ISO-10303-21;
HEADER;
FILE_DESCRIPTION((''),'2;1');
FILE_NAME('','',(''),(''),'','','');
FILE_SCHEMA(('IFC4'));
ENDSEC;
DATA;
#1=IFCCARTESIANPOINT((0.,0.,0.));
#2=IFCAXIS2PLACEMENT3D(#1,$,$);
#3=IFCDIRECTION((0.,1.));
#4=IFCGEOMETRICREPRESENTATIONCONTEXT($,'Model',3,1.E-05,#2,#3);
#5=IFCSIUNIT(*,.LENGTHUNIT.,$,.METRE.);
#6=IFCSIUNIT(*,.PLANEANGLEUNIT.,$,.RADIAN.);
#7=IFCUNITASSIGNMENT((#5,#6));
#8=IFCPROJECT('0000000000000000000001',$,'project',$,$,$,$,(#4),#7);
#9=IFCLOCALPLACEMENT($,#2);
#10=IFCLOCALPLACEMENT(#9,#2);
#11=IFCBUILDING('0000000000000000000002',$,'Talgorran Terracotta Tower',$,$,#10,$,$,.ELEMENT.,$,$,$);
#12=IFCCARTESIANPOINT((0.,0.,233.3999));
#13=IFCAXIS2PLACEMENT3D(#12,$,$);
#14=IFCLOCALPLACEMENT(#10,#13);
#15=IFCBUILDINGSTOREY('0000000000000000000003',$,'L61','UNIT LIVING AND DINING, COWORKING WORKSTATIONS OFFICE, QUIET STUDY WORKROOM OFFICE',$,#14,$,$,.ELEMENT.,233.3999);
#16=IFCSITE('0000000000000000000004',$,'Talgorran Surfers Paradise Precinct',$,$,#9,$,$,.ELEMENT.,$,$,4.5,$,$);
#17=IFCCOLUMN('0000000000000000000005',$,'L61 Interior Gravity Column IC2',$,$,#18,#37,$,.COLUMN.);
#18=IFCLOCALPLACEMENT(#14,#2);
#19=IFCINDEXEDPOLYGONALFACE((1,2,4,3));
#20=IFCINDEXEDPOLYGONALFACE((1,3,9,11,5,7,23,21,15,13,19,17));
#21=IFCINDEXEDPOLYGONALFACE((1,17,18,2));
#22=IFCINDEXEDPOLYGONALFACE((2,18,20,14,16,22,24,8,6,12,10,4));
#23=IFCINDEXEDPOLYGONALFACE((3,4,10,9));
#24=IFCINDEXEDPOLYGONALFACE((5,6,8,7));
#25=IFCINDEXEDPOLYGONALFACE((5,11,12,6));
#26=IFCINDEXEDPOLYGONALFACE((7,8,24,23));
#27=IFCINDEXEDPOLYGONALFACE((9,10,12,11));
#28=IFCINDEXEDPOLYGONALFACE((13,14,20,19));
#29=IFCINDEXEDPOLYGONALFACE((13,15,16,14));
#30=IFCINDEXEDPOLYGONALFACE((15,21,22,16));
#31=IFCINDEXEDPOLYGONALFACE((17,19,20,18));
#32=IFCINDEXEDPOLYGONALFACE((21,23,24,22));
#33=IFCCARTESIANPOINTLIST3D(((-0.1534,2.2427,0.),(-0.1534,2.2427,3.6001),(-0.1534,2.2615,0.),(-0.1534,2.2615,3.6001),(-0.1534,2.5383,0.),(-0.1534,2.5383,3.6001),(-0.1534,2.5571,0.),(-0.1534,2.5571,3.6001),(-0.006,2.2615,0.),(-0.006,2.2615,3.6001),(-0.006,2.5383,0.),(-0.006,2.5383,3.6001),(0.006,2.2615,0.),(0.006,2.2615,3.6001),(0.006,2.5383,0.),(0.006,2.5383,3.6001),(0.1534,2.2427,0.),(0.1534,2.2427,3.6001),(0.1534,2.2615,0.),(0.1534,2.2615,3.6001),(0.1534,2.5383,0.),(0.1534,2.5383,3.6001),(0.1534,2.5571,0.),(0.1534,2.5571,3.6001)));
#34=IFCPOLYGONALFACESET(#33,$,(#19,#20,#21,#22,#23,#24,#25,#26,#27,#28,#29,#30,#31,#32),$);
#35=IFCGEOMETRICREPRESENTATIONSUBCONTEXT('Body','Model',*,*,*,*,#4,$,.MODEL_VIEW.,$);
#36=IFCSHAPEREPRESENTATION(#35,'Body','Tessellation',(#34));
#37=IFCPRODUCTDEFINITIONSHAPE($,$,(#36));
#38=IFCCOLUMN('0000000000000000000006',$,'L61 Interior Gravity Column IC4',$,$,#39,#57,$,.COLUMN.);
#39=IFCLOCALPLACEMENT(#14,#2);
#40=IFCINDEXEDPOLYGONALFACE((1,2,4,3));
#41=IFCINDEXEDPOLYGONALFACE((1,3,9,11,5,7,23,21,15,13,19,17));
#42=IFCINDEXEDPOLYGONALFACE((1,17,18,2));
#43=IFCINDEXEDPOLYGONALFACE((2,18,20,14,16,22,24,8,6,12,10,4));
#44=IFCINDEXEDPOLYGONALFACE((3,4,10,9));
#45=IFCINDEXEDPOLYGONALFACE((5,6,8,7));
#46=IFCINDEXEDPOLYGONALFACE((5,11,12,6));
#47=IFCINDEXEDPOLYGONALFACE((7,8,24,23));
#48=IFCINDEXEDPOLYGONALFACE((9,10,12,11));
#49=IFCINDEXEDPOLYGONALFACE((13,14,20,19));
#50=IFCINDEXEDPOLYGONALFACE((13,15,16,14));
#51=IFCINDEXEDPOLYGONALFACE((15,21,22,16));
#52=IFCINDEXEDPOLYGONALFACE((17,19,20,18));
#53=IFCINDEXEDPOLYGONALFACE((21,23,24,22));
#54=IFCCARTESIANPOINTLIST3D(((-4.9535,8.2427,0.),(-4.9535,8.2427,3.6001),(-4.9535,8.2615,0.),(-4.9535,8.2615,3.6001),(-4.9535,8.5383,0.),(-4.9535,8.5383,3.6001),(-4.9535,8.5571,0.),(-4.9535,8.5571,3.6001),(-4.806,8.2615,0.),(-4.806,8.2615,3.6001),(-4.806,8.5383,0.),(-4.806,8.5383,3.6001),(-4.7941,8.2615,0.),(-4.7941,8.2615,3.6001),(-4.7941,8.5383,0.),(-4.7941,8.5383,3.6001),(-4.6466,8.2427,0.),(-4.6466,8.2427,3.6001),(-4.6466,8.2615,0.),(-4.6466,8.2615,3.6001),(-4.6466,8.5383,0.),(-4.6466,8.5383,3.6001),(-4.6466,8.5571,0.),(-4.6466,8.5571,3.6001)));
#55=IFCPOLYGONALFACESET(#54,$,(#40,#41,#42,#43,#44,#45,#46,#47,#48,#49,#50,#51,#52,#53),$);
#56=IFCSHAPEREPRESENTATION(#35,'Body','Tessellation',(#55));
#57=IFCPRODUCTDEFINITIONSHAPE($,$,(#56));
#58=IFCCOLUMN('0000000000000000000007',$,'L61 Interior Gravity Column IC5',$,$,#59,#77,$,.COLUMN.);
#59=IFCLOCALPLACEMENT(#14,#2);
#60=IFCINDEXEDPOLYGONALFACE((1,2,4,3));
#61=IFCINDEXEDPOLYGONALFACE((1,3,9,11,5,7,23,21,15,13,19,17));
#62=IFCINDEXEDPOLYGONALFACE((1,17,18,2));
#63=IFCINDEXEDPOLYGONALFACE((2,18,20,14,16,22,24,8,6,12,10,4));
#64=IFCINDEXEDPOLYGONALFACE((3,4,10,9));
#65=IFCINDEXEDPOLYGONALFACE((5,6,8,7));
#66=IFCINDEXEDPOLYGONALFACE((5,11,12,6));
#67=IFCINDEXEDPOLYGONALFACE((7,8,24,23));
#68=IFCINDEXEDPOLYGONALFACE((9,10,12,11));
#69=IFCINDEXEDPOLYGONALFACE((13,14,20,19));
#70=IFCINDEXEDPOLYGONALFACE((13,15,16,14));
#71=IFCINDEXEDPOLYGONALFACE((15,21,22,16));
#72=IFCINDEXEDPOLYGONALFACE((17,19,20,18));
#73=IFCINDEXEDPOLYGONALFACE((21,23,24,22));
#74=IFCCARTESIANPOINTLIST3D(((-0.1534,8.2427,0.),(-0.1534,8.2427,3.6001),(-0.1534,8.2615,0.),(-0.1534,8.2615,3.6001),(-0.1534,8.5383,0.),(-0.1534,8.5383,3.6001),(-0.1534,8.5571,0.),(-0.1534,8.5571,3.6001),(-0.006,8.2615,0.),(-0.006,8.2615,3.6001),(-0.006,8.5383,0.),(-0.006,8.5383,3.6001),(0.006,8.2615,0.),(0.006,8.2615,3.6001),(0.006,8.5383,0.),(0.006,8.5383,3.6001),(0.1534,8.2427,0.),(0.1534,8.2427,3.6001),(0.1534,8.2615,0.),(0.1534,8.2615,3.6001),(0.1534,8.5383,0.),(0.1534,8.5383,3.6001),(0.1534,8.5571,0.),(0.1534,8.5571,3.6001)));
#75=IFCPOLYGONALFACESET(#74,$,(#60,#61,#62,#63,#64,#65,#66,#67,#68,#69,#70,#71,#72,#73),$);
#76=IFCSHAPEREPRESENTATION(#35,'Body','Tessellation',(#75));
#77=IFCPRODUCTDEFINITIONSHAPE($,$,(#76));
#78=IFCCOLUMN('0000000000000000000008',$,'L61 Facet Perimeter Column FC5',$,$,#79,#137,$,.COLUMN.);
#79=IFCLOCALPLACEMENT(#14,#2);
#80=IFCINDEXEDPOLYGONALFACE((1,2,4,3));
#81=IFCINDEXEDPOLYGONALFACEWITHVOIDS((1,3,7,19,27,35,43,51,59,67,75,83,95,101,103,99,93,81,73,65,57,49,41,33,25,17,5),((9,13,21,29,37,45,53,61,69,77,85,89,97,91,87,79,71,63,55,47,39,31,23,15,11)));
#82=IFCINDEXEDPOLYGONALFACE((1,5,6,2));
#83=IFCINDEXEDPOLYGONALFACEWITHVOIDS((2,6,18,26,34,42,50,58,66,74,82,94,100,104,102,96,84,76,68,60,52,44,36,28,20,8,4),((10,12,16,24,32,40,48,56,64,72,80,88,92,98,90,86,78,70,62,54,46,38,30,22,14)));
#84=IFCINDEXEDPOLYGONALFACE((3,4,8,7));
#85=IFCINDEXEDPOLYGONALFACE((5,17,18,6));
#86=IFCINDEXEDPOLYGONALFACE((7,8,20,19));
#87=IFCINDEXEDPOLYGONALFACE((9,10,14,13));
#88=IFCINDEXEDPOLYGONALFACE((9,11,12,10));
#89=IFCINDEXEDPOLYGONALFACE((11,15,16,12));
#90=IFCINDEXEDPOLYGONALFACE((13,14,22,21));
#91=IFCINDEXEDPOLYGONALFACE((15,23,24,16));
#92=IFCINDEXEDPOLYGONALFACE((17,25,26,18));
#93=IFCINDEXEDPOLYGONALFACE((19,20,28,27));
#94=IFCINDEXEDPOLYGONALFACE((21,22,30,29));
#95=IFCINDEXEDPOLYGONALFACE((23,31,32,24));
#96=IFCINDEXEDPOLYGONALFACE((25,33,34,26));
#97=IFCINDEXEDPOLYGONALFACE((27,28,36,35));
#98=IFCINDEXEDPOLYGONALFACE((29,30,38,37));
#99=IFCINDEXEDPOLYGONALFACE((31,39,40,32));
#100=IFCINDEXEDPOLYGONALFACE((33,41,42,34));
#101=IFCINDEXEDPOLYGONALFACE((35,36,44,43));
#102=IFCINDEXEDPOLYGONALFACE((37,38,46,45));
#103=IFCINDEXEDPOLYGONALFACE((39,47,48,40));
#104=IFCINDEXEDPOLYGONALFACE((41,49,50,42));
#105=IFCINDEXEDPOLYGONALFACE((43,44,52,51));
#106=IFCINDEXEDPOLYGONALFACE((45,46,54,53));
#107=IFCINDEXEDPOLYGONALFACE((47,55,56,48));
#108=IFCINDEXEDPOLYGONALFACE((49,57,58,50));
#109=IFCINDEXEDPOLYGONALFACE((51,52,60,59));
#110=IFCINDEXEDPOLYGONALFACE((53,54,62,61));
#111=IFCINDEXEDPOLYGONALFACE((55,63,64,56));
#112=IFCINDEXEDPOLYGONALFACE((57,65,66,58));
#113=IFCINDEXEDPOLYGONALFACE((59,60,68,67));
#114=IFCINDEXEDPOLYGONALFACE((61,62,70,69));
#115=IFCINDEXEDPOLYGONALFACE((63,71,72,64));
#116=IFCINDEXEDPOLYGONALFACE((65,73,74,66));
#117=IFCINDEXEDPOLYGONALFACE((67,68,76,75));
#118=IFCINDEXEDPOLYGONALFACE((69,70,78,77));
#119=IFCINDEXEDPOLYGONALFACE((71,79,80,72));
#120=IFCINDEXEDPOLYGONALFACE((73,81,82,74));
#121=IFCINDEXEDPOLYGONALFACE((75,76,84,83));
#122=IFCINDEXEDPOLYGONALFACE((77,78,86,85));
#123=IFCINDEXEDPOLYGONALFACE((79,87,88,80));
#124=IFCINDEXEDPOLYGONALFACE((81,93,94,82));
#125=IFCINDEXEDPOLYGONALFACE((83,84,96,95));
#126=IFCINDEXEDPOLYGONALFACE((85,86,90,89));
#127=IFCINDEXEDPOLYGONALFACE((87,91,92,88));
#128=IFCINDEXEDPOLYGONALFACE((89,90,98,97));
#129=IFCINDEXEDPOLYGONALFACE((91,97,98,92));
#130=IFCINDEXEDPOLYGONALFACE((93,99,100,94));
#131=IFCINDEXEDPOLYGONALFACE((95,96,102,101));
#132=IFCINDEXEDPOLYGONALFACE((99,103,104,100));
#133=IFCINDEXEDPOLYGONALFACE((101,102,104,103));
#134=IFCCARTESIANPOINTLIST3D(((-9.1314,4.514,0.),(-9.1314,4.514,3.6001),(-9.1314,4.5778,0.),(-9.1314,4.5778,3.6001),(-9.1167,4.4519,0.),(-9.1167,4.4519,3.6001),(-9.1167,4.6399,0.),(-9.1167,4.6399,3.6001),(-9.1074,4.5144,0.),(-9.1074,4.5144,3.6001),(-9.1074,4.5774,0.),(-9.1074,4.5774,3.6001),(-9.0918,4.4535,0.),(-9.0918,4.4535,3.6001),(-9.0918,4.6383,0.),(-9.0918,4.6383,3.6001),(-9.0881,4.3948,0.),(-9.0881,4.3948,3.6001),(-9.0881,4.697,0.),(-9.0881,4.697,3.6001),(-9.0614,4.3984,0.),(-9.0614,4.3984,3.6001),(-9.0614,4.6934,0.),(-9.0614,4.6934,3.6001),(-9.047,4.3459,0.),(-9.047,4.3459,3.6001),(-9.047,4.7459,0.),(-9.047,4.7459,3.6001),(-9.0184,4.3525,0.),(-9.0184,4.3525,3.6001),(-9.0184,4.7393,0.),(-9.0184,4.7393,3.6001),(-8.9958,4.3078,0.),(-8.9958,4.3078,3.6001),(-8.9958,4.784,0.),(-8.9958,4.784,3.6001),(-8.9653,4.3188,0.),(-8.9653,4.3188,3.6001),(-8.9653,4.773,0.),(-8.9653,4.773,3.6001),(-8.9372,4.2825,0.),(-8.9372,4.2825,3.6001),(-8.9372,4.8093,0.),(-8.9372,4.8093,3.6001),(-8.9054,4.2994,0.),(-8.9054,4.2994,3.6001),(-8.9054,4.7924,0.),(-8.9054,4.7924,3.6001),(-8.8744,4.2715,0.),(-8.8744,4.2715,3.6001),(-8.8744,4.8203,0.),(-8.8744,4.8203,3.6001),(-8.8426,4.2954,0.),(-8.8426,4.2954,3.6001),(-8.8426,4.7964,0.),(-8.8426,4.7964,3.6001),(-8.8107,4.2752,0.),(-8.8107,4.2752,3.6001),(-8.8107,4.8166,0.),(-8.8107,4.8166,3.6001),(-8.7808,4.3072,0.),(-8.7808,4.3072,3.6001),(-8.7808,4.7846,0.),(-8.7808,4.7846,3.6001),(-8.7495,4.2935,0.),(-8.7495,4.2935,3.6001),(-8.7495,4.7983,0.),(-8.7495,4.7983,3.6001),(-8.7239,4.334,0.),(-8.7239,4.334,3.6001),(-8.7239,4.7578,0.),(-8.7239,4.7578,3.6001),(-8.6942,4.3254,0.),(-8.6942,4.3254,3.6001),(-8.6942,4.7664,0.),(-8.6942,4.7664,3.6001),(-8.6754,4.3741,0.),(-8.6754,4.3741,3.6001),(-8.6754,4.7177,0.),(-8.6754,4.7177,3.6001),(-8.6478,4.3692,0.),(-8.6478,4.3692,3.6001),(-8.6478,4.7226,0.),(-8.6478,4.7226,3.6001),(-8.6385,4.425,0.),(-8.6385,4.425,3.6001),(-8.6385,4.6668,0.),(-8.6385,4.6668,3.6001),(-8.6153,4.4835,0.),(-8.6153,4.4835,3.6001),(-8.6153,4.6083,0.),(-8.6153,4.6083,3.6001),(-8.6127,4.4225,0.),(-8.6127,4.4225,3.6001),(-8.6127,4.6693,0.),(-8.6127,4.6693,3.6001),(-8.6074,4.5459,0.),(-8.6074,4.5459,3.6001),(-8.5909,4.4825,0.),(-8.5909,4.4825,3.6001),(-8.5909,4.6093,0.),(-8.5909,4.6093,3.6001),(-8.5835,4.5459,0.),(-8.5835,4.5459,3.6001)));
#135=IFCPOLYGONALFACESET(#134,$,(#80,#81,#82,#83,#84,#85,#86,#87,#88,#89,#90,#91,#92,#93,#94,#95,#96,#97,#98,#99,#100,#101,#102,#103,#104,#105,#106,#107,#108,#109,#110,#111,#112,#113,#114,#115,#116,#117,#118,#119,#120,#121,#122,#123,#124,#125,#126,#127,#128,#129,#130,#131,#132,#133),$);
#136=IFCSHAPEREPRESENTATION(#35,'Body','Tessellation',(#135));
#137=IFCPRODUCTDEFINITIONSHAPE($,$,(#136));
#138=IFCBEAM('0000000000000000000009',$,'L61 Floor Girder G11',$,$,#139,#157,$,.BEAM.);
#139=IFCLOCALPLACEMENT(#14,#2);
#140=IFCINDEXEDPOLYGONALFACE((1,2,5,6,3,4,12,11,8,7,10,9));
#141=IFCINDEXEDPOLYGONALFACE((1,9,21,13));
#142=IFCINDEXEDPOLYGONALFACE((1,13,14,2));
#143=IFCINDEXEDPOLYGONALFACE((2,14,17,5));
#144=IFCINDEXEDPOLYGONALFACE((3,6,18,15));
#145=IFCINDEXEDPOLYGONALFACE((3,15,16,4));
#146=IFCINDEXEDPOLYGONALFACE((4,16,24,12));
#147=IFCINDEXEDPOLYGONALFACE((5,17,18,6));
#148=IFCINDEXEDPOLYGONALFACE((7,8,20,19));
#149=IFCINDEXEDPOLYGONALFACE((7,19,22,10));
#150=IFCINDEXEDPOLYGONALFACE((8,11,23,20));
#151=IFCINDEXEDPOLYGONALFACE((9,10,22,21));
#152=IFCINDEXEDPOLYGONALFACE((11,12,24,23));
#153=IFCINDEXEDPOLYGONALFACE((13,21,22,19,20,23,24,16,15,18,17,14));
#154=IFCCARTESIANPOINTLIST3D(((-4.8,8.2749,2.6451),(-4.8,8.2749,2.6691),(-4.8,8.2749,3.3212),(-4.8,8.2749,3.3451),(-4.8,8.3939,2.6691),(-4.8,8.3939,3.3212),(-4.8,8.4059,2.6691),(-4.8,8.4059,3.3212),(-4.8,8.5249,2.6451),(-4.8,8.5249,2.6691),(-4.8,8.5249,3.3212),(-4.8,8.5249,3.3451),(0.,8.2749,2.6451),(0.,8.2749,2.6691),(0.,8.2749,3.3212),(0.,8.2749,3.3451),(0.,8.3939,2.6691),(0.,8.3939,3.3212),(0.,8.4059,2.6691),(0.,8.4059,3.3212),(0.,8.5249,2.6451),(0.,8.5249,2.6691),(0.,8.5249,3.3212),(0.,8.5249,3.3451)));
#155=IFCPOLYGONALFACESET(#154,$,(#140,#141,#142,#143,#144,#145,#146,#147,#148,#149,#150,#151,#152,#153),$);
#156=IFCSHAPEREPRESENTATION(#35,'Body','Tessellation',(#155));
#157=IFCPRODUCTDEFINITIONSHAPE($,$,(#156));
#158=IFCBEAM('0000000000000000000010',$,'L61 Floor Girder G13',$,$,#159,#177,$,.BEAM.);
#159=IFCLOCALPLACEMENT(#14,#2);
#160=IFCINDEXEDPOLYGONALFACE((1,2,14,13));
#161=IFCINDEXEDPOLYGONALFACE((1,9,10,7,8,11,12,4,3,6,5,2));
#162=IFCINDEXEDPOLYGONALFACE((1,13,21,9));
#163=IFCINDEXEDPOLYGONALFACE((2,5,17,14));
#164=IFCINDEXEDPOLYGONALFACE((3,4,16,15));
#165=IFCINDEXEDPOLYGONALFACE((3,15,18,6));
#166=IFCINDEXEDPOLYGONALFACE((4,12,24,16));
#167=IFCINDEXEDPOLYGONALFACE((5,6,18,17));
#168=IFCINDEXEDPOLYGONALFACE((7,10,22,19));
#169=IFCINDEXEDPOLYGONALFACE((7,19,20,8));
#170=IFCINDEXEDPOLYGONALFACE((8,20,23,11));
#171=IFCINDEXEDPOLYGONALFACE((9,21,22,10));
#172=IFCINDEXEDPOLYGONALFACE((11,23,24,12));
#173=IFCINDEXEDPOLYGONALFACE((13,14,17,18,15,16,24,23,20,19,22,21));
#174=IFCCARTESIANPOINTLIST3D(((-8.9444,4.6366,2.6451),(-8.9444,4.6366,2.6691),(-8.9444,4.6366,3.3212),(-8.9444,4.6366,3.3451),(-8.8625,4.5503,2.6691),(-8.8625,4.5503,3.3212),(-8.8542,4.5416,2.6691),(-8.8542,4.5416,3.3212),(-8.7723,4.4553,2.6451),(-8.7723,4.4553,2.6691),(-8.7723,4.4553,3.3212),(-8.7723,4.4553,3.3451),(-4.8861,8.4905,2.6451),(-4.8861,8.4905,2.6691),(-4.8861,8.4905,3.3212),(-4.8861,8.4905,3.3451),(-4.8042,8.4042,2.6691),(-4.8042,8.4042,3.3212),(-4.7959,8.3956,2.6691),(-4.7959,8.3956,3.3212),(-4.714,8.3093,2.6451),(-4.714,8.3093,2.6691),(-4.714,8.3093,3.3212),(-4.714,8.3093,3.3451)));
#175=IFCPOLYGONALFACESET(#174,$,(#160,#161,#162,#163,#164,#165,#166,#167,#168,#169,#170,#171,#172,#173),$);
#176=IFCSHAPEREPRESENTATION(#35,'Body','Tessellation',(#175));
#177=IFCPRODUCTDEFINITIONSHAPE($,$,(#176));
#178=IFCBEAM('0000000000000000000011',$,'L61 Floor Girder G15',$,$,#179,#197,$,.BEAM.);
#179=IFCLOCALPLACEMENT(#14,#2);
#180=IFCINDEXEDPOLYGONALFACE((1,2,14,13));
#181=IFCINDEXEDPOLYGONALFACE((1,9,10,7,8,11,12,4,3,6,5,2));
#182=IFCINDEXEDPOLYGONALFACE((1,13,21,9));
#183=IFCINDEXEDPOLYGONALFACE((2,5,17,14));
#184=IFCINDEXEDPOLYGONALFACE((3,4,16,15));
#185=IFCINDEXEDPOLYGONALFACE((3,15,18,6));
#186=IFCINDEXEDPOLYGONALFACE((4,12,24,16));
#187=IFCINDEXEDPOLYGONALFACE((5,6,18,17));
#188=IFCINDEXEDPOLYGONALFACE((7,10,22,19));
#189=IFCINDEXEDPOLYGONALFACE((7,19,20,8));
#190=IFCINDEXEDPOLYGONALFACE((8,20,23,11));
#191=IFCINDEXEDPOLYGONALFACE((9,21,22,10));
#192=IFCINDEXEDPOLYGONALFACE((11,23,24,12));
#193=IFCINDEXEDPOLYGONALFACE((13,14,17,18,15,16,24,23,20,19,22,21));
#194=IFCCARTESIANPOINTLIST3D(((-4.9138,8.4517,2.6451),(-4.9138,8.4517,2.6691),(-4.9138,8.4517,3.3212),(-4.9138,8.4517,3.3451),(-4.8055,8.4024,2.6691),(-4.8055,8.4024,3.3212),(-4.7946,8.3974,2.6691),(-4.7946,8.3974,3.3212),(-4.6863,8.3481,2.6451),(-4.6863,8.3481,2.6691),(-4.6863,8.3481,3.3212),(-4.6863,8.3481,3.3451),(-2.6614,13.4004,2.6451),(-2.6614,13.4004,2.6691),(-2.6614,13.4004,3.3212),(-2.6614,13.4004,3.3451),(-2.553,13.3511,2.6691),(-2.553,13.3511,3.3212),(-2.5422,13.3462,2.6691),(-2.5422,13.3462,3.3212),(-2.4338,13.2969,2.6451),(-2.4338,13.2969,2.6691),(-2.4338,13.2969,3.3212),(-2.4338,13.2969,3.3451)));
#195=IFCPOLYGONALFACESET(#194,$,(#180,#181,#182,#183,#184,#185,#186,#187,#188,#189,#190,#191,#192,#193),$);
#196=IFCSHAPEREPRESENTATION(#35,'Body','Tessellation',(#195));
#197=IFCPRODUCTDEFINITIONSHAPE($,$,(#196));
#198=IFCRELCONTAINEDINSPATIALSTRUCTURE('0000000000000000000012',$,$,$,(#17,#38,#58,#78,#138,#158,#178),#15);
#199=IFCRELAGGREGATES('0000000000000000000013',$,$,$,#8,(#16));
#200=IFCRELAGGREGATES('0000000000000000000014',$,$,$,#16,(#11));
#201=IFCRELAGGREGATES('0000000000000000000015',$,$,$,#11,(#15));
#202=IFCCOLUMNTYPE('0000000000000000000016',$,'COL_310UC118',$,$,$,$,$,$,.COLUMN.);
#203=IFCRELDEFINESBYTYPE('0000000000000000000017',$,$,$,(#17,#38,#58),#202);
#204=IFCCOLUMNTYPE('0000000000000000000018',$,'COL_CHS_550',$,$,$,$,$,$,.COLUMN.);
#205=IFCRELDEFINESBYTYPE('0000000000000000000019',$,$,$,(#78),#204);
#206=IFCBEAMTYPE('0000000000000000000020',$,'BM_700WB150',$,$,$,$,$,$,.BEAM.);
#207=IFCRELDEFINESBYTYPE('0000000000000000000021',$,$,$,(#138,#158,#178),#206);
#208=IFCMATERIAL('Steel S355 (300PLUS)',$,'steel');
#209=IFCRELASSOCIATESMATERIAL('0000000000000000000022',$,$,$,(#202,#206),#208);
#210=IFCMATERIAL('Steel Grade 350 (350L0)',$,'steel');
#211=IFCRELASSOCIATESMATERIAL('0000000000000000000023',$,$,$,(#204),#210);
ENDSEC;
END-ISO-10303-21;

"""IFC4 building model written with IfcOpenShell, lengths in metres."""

from ifc_helpers import new_model, si_unit, direction, frame, origin, origin_2d, place, context, subcontext, project, spatial, hollow_circle, i_section, extrude, material, material_profile, profile_set, type_object, element, save


model = new_model("IFC4")

# Units and contexts
model_context = context("Model", 3, precision=1e-05, world=origin(), true_north=direction((0.0, 1.0)))
body_context = subcontext(model_context, "Body", "Model", "MODEL_VIEW")
ifc_project = project(units=[si_unit("LENGTHUNIT", "METRE"), si_unit("PLANEANGLEUNIT", "RADIAN")], contexts=[model_context])

# Site, building, storey
site_placement = place(None, origin())
site = spatial("IfcSite", under=ifc_project, at=site_placement, Name="Talgorran Surfers Paradise Precinct", CompositionType="ELEMENT", RefElevation=4.5)
building_placement = place(site_placement, origin())
building = spatial("IfcBuilding", under=site, at=building_placement, Name="Talgorran Terracotta Tower", CompositionType="ELEMENT")
storey_placement = place(building_placement, frame((0.0, 0.0, 233.3999)))
storey = spatial("IfcBuildingStorey", under=building, at=storey_placement, Name="L61", Description="UNIT LIVING AND DINING, COWORKING WORKSTATIONS OFFICE, QUIET STUDY WORKROOM OFFICE", CompositionType="ELEMENT", Elevation=233.3999)

# Columns
ifc_material_1 = material(Name="Steel S355 (300PLUS)", Category="steel")
ifc_material_profile_1 = material_profile(ifc_material_1, i_section(OverallWidth=0.3069, OverallDepth=0.3145, WebThickness=0.012, FlangeThickness=0.0188, at=origin_2d()), Name="310UC118")
ifc_profile_set_1 = profile_set([ifc_material_profile_1], Name="Steel S355 (300PLUS)")
column_type_1 = type_object("IfcColumnType", Name="COL_310UC118", PredefinedType="COLUMN", material=ifc_profile_set_1)
for number, where, z_axis, x_axis, name in (
    (1, (0.0, 2.3999, 0.0), (0.0, 0.0, 1.0), (1.0, 0.0, 0.0), "L61 Interior Gravity Column IC2"),
    (2, (-4.8, 8.3999, 0.0), (0.0, 0.0, 1.0), (1.0, 0.0, 0.0), "L61 Interior Gravity Column IC4"),
    (3, (0.0, 8.3999, 0.0), (0.0, 0.0, 1.0), (1.0, 0.0, 0.0), "L61 Interior Gravity Column IC5"),
):
    element("IfcColumn", number, at=place(storey_placement, frame(where, z_axis=z_axis, x_axis=x_axis)), inside=storey, type_object=column_type_1, Name=name, PredefinedType="COLUMN", context=body_context, shape_type="SweptSolid", body=[
        extrude(i_section(OverallWidth=0.3069, OverallDepth=0.3145, WebThickness=0.012, FlangeThickness=0.0188, at=origin_2d()), origin(), (0.0, 0.0, 1.0), 3.6001),
    ])
ifc_material_2 = material(Name="Steel Grade 350 (350L0)", Category="steel")
ifc_material_profile_2 = material_profile(ifc_material_2, hollow_circle(Radius=0.2749, WallThickness=0.0239, at=origin_2d()), Name="CHS550X24")
ifc_profile_set_2 = profile_set([ifc_material_profile_2], Name="Steel Grade 350 (350L0)")
column_type_2 = type_object("IfcColumnType", Name="COL_CHS_550", PredefinedType="COLUMN", material=ifc_profile_set_2)
column_placement = place(storey_placement, frame((-8.8584, 4.5459, 0.0), z_axis=(0.0, 0.0, 1.0), x_axis=(1.0, 0.0, 0.0)))
element("IfcColumn", 4, at=column_placement, inside=storey, type_object=column_type_2, Name="L61 Facet Perimeter Column FC5", PredefinedType="COLUMN", context=body_context, shape_type="SweptSolid", body=[
    extrude(hollow_circle(Radius=0.2749, WallThickness=0.0239, at=origin_2d()), origin(), (0.0, 0.0, 1.0), 3.6001),
])

# Beams
ifc_material_profile_3 = material_profile(ifc_material_1, i_section(OverallWidth=0.25, OverallDepth=0.7, WebThickness=0.012, FlangeThickness=0.0239, at=origin_2d()), Name="700WB150")
ifc_profile_set_3 = profile_set([ifc_material_profile_3], Name="Steel S355 (300PLUS)")
beam_type_1 = type_object("IfcBeamType", Name="BM_700WB150", PredefinedType="BEAM", material=ifc_profile_set_3)
beam_1_placement = place(storey_placement, frame((-4.8, 8.3999, 2.9951), z_axis=(1.0, 0.0, 0.0), x_axis=(0.0, 1.0, 0.0)))
element("IfcBeam", 5, at=beam_1_placement, inside=storey, type_object=beam_type_1, Name="L61 Floor Girder G11", PredefinedType="BEAM", context=body_context, shape_type="SweptSolid", body=[
    extrude(i_section(OverallWidth=0.25, OverallDepth=0.7, WebThickness=0.012, FlangeThickness=0.0239, at=origin_2d()), origin(), (0.0, 0.0, 1.0), 4.8),
])
beam_2_placement = place(storey_placement, frame((-4.8, 8.3999, 2.9951), z_axis=(-0.725127, -0.688615, 0.0), x_axis=(0.688615, -0.725127, 0.0)))
element("IfcBeam", 6, at=beam_2_placement, inside=storey, type_object=beam_type_1, Name="L61 Floor Girder G13", PredefinedType="BEAM", context=body_context, shape_type="SweptSolid", body=[
    extrude(i_section(OverallWidth=0.25, OverallDepth=0.7, WebThickness=0.012, FlangeThickness=0.0239, at=origin_2d()), origin(), (0.0, 0.0, 1.0), 5.5967),
])
beam_3_placement = place(storey_placement, frame((-4.8, 8.3999, 2.9951), z_axis=(0.414263, 0.910157, 0.0), x_axis=(-0.910157, 0.414263, 0.0)))
element("IfcBeam", 7, at=beam_3_placement, inside=storey, type_object=beam_type_1, Name="L61 Floor Girder G15", PredefinedType="BEAM", context=body_context, shape_type="SweptSolid", body=[
    extrude(i_section(OverallWidth=0.25, OverallDepth=0.7, WebThickness=0.012, FlangeThickness=0.0239, at=origin_2d()), origin(), (0.0, 0.0, 1.0), 5.4373),
])

save(model, "model.ifc")
